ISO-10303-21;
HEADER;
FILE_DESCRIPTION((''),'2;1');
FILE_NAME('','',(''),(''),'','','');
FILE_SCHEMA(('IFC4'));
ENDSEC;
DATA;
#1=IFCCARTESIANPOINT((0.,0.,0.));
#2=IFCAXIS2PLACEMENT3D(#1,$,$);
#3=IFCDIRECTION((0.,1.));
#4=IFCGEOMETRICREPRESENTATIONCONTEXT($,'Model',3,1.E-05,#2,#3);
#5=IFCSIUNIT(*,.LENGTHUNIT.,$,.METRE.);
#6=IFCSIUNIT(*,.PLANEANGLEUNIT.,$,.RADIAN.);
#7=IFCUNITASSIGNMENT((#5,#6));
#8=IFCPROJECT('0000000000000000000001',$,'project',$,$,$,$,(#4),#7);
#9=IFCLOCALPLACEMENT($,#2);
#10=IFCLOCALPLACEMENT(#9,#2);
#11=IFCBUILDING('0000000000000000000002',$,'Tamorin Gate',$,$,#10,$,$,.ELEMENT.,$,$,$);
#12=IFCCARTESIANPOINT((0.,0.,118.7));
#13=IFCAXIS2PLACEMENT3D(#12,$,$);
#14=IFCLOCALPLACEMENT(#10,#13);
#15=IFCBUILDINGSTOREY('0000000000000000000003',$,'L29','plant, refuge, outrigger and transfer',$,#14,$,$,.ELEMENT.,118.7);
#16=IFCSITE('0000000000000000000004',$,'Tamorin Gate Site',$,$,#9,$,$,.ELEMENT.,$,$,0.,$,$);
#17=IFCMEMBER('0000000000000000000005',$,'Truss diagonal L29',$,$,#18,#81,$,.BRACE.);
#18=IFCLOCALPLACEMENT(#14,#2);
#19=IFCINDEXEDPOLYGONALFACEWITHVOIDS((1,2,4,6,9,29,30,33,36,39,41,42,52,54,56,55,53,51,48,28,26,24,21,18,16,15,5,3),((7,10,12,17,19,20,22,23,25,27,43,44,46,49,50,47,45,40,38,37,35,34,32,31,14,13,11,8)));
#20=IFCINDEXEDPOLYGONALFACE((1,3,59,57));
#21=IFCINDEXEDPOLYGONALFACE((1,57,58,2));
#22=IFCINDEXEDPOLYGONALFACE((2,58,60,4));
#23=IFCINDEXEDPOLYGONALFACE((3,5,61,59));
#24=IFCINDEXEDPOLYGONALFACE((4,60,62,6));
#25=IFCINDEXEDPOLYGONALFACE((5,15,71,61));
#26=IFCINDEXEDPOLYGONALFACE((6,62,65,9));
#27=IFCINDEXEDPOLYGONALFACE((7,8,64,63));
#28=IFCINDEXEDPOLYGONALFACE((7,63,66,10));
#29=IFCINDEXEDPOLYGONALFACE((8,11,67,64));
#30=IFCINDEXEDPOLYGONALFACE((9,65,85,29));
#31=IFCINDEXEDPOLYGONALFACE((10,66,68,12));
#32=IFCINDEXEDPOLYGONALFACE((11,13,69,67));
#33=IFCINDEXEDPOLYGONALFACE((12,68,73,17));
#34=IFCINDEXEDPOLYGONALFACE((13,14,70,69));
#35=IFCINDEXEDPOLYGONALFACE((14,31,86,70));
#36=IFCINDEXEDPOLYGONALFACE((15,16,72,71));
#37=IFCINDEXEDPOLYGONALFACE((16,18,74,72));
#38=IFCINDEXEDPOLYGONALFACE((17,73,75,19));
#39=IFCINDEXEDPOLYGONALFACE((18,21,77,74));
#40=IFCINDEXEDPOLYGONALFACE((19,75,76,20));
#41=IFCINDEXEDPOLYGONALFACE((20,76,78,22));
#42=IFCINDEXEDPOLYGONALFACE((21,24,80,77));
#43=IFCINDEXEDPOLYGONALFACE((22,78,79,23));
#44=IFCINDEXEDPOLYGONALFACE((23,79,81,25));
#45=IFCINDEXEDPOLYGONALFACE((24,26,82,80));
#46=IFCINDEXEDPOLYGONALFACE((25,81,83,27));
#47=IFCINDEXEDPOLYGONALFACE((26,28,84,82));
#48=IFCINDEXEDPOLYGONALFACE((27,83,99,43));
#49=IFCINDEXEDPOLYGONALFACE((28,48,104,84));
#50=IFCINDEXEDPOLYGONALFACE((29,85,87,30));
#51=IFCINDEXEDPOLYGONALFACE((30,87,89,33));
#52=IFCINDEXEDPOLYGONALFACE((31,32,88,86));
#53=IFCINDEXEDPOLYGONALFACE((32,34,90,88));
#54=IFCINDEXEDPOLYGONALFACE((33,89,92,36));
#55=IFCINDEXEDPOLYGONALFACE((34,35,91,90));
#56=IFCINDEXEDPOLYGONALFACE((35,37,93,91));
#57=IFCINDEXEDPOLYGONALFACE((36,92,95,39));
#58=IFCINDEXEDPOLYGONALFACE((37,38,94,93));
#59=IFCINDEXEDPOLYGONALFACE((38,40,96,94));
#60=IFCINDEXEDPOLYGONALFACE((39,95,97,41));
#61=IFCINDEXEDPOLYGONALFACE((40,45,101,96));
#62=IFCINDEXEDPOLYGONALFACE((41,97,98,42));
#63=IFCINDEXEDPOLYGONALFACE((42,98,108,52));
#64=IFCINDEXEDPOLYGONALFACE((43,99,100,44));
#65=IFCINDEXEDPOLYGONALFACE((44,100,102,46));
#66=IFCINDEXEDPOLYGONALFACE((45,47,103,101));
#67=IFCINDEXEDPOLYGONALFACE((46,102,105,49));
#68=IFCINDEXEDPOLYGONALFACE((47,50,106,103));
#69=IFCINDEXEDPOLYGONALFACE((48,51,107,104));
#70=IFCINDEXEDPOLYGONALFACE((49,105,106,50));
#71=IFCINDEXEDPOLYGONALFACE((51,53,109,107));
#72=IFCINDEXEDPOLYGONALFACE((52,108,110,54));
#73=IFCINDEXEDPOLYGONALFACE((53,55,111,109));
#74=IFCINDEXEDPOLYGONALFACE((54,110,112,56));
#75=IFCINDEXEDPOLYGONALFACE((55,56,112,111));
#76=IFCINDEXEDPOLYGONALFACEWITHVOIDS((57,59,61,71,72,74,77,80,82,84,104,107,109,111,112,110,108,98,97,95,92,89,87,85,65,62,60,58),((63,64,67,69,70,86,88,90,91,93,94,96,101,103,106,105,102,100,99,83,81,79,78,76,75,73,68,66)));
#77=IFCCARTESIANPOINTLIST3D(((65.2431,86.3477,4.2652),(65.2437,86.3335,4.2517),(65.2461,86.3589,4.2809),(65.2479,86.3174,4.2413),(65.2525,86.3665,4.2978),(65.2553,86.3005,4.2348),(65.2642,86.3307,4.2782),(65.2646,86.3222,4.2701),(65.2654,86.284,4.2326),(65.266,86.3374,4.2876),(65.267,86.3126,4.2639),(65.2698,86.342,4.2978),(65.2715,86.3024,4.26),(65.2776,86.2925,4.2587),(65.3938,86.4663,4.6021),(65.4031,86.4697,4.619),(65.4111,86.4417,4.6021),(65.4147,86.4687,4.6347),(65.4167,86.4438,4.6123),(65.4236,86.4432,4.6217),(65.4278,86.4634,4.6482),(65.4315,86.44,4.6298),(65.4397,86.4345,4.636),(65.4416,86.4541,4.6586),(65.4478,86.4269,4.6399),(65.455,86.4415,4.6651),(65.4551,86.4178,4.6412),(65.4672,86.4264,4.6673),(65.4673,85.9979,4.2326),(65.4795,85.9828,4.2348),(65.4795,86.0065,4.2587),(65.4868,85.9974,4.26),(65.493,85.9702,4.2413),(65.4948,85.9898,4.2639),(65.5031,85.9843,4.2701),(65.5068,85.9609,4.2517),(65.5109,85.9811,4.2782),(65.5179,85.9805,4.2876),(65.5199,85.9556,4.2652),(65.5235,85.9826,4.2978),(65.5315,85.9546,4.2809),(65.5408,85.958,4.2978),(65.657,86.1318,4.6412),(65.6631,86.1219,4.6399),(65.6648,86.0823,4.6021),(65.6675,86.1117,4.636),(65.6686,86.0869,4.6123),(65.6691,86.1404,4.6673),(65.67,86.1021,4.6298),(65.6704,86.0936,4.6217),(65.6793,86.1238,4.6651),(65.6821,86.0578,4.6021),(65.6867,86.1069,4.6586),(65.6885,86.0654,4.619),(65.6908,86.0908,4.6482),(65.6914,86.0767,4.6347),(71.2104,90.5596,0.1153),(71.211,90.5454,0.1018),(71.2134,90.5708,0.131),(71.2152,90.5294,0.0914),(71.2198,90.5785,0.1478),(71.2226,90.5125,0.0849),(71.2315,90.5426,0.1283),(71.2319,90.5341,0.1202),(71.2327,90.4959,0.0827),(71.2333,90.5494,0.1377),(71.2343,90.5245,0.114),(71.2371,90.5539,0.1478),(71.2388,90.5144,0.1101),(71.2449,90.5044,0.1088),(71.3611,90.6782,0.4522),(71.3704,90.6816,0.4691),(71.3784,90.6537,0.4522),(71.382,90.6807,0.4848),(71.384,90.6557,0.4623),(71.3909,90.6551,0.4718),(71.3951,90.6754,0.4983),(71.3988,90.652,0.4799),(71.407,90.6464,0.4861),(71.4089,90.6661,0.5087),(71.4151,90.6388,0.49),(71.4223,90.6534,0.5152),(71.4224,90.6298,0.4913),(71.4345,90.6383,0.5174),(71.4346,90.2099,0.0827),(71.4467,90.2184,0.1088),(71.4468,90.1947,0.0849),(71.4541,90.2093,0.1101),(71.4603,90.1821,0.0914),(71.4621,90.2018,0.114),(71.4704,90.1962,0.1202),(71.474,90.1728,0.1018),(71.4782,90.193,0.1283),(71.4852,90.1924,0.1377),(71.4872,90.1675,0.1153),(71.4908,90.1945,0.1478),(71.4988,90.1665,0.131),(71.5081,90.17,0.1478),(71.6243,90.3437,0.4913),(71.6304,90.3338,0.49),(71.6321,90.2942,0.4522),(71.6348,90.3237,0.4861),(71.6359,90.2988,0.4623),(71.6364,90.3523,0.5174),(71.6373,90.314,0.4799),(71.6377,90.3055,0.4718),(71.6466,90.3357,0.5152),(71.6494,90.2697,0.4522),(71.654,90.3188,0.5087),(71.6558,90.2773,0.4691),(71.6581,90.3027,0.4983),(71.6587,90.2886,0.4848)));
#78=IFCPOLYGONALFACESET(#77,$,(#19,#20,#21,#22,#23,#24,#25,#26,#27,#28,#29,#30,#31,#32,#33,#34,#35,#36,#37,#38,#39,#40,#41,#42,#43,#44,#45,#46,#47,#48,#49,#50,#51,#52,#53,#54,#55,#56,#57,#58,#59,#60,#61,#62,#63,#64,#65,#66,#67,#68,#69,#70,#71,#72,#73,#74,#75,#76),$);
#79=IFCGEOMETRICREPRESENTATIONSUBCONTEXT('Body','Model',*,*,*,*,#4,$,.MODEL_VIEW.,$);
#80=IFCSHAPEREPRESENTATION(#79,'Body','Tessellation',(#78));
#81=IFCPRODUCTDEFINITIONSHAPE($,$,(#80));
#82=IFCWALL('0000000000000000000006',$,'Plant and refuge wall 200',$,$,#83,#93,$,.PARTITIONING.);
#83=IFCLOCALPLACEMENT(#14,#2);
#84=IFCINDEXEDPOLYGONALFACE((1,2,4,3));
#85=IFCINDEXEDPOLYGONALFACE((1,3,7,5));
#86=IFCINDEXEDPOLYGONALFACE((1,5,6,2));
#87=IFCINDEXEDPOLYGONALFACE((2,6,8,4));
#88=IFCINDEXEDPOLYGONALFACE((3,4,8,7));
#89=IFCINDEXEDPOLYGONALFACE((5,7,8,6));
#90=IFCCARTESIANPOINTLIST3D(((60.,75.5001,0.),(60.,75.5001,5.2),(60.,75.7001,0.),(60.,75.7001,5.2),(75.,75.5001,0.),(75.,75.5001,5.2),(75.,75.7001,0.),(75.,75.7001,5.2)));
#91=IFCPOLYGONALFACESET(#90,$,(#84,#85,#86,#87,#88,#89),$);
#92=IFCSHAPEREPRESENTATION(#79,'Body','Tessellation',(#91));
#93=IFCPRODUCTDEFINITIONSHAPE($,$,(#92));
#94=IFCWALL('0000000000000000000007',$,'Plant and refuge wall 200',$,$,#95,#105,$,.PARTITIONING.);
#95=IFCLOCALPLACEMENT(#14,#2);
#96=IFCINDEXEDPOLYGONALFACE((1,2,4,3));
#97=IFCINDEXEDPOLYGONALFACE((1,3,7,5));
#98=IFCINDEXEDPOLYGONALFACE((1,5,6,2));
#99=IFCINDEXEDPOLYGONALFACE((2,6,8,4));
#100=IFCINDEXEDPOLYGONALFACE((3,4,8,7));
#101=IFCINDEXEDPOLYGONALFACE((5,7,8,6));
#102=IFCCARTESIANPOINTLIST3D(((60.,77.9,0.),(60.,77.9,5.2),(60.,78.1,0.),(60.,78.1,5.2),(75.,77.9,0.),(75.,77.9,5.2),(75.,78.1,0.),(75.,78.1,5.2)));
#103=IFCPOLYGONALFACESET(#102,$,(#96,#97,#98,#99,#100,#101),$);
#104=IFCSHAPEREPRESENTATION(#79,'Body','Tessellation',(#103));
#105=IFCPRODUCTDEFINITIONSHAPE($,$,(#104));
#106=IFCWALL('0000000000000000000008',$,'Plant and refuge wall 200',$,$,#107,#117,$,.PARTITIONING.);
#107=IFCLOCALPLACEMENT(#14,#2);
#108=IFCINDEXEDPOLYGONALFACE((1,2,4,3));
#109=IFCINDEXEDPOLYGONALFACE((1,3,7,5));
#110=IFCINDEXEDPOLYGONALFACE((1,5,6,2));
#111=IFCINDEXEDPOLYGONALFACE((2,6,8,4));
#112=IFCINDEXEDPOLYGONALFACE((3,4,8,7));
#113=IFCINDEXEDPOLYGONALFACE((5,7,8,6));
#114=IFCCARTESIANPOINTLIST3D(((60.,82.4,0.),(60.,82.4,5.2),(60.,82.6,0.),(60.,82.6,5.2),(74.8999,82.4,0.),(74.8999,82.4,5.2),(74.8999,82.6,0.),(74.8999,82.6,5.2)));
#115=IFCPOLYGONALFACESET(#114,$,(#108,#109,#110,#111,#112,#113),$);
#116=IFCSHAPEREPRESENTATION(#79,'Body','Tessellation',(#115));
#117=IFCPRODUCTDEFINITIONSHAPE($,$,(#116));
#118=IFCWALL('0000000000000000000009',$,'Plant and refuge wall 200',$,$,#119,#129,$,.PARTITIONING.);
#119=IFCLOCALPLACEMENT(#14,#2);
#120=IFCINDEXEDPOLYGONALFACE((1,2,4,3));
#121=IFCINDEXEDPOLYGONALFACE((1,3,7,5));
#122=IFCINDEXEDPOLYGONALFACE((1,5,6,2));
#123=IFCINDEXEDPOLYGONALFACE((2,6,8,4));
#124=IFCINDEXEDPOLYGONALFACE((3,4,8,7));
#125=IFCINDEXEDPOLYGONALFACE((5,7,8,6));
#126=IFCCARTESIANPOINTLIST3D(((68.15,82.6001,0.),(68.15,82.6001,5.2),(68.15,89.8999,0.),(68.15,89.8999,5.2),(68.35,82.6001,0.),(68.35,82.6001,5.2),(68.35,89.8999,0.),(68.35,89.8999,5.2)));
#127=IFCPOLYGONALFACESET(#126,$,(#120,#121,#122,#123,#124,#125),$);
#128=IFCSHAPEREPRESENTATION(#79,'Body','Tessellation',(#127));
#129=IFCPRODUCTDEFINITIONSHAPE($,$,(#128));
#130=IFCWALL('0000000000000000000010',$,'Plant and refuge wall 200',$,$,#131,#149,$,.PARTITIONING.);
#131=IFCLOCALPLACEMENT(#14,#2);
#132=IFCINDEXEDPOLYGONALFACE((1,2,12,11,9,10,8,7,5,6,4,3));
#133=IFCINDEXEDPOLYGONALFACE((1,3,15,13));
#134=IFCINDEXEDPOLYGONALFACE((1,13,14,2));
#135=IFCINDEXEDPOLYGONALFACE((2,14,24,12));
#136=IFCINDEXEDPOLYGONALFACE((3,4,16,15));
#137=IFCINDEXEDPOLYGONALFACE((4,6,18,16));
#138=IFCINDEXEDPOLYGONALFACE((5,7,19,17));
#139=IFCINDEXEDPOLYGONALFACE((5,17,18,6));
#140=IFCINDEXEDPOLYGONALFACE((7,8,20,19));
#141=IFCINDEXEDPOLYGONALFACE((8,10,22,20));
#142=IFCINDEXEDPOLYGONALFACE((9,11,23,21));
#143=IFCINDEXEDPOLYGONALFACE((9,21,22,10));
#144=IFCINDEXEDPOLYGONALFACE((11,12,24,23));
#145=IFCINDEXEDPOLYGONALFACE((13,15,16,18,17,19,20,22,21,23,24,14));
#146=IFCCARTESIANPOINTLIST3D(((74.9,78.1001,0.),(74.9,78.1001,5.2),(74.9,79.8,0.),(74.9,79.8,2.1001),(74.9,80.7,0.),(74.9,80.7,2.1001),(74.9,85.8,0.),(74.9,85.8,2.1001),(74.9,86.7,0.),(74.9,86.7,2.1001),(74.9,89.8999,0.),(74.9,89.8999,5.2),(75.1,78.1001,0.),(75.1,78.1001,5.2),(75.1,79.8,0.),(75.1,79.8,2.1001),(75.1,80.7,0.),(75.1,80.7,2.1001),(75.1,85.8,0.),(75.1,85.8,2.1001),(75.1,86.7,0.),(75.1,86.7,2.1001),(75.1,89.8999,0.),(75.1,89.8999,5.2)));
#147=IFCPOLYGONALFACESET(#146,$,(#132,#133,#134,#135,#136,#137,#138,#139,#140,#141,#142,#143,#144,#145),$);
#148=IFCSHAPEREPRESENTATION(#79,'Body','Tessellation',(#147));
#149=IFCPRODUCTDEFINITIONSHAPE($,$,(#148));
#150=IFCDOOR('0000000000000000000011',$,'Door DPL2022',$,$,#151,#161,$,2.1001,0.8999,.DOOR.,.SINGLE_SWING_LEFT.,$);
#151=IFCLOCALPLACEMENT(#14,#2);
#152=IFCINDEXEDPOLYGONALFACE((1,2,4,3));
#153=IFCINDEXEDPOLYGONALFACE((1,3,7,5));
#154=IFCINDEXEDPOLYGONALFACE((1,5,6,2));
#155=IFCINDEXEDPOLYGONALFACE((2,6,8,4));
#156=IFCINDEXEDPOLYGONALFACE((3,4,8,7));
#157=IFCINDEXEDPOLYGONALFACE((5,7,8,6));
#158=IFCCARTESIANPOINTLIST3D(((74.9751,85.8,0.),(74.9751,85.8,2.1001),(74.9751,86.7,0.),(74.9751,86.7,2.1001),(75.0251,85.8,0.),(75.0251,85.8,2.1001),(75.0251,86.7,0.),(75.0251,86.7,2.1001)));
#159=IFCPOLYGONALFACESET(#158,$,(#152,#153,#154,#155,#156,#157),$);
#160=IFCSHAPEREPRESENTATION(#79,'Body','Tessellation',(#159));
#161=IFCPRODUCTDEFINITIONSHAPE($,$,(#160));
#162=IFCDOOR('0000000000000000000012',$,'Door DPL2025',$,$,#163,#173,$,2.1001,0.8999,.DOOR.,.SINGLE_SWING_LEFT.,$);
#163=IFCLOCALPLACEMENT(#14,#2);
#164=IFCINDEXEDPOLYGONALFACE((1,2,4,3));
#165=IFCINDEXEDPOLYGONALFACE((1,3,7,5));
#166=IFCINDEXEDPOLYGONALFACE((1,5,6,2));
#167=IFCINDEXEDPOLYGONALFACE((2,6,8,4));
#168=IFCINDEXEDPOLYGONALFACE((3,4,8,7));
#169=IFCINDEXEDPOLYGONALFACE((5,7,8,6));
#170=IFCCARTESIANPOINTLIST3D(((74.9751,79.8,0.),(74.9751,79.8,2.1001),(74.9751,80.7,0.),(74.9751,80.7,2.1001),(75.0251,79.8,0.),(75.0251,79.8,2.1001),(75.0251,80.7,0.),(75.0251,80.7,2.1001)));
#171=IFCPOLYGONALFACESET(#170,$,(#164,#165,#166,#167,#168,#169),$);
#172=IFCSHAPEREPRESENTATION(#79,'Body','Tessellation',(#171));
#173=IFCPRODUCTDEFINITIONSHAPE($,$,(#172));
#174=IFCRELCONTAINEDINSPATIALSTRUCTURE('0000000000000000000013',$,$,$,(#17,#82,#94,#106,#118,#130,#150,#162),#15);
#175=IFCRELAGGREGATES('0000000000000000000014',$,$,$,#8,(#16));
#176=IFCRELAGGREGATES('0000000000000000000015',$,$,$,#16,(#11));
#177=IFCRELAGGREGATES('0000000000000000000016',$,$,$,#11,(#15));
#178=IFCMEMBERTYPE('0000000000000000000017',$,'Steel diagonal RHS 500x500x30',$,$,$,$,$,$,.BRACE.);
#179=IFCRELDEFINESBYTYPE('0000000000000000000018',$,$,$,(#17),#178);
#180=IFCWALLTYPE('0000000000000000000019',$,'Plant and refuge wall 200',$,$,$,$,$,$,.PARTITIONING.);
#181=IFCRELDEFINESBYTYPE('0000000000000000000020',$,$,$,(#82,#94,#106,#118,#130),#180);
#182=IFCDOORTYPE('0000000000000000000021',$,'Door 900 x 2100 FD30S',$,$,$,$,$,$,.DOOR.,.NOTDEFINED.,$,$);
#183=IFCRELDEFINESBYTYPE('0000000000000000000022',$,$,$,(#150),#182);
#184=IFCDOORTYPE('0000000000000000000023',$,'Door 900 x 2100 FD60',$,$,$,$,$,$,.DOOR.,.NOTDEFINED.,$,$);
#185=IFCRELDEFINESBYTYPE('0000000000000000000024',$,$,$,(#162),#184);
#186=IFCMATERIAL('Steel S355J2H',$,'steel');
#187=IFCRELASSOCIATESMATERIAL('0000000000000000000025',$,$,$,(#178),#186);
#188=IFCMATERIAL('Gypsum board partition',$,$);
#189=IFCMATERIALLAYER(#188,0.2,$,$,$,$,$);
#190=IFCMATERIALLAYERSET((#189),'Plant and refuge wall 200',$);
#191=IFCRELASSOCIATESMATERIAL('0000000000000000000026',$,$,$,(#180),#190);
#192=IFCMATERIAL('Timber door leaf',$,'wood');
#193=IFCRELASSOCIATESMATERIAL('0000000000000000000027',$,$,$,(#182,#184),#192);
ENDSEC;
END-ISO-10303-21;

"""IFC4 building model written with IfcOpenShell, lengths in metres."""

from ifc_helpers import new_model, si_unit, direction, frame, frame_2d, origin, origin_2d, place, context, subcontext, project, spatial, rectangle, hollow_rectangle, extrude, material, layer, layer_set, material_profile, profile_set, type_object, element, fill, save


model = new_model("IFC4")

# Units and contexts
model_context = context("Model", 3, precision=1e-05, world=origin(), true_north=direction((0.0, 1.0)))
body_context = subcontext(model_context, "Body", "Model", "MODEL_VIEW")
ifc_project = project(units=[si_unit("LENGTHUNIT", "METRE"), si_unit("PLANEANGLEUNIT", "RADIAN")], contexts=[model_context])

# Site, building, storey
site_placement = place(None, origin())
site = spatial("IfcSite", under=ifc_project, at=site_placement, Name="Tamorin Gate Site", CompositionType="ELEMENT", RefElevation=0.0)
building_placement = place(site_placement, origin())
building = spatial("IfcBuilding", under=site, at=building_placement, Name="Tamorin Gate", CompositionType="ELEMENT")
storey_placement = place(building_placement, frame((0.0, 0.0, 118.7)))
storey = spatial("IfcBuildingStorey", under=building, at=storey_placement, Name="L29", Description="plant, refuge, outrigger and transfer", CompositionType="ELEMENT", Elevation=118.7)

# Member
ifc_material_1 = material(Name="Steel S355J2H", Category="steel")
ifc_material_profile_1 = material_profile(ifc_material_1, hollow_rectangle(XDim=0.5, YDim=0.5, WallThickness=0.03, InnerFilletRadius=0.0449, OuterFilletRadius=0.075, at=origin_2d()), Name="RHS 500x500x30")
ifc_profile_set_1 = profile_set([ifc_material_profile_1], Name="Steel S355J2H")
member_type_1 = type_object("IfcMemberType", Name="Steel diagonal RHS 500x500x30", PredefinedType="BRACE", material=ifc_profile_set_1)
for number, where, z_axis, x_axis, name in (
    (1, (65.4673, 86.2122, 4.45), (0.710339, 0.501381, -0.494), (-0.576657, 0.816986, 0.0), "Truss diagonal L29"),
):
    element("IfcMember", number, at=place(storey_placement, frame(where, z_axis=z_axis, x_axis=x_axis)), inside=storey, type_object=member_type_1, Name=name, PredefinedType="BRACE", context=body_context, shape_type="SweptSolid", body=[
        extrude(hollow_rectangle(XDim=0.5, YDim=0.5, WallThickness=0.03, InnerFilletRadius=0.0449, OuterFilletRadius=0.075, at=origin_2d()), origin(), (0.0, 0.0, 1.0), 8.4006),
    ])

# Walls
ifc_material_2 = material(Name="Gypsum board partition")
ifc_layer = layer(ifc_material_2, 0.2)
ifc_layer_set = layer_set([ifc_layer], Name="Plant and refuge wall 200")
wall_type = type_object("IfcWallType", Name="Plant and refuge wall 200", PredefinedType="PARTITIONING", material=ifc_layer_set)
for number, where, z_axis, x_axis, name in (
    (2, (60.0, 75.6001, 0.0), (0.0, 0.0, 1.0), (1.0, 0.0, 0.0), "Plant and refuge wall 200"),
    (3, (60.0, 78.0, 0.0), (0.0, 0.0, 1.0), (1.0, 0.0, 0.0), "Plant and refuge wall 200"),
):
    element("IfcWall", number, at=place(storey_placement, frame(where, z_axis=z_axis, x_axis=x_axis)), inside=storey, type_object=wall_type, Name=name, PredefinedType="PARTITIONING", context=body_context, shape_type="SweptSolid", body=[
        extrude(rectangle(XDim=15.0, YDim=0.2, at=frame_2d((7.5, 0.0))), origin(), (0.0, 0.0, 1.0), 5.2),
    ])
wall_1_placement = place(storey_placement, frame((60.0, 82.5, 0.0), z_axis=(0.0, 0.0, 1.0), x_axis=(1.0, 0.0, 0.0)))
element("IfcWall", 4, at=wall_1_placement, inside=storey, type_object=wall_type, Name="Plant and refuge wall 200", PredefinedType="PARTITIONING", context=body_context, shape_type="SweptSolid", body=[
    extrude(rectangle(XDim=14.8999, YDim=0.2, at=frame_2d((7.45, 0.0))), origin(), (0.0, 0.0, 1.0), 5.2),
])
wall_2_placement = place(storey_placement, frame((68.25, 82.6001, 0.0), z_axis=(0.0, 0.0, 1.0), x_axis=(0.0, 1.0, 0.0)))
element("IfcWall", 5, at=wall_2_placement, inside=storey, type_object=wall_type, Name="Plant and refuge wall 200", PredefinedType="PARTITIONING", context=body_context, shape_type="SweptSolid", body=[
    extrude(rectangle(XDim=7.2998, YDim=0.2, at=frame_2d((3.6499, 0.0))), origin(), (0.0, 0.0, 1.0), 5.2),
])

# Wall, openings, doors
wall_3_placement = place(storey_placement, frame((75.0, 78.1001, 0.0), z_axis=(0.0, 0.0, 1.0), x_axis=(0.0, 1.0, 0.0)))
wall_3 = element("IfcWall", 6, at=wall_3_placement, inside=storey, type_object=wall_type, Name="Plant and refuge wall 200", PredefinedType="PARTITIONING", context=body_context, shape_type="SweptSolid", body=[
    extrude(rectangle(XDim=11.7998, YDim=0.2, at=frame_2d((5.8999, 0.0))), origin(), (0.0, 0.0, 1.0), 5.2),
])
opening_1_placement = place(wall_3_placement, frame((7.7, 0.0, 0.0)))
opening_1 = element("IfcOpeningElement", 7, at=opening_1_placement, cuts=wall_3, PredefinedType="OPENING", context=body_context, shape_type="SweptSolid", body=[
    extrude(rectangle(XDim=0.8999, YDim=2.1001, at=frame_2d((0.45, 1.05))), frame((0.0, 0.1099, 0.0), z_axis=(0.0, -1.0, 0.0), x_axis=(1.0, 0.0, 0.0)), (0.0, 0.0, 1.0), 0.22),
])
opening_2_placement = place(wall_3_placement, frame((1.7, 0.0, 0.0)))
opening_2 = element("IfcOpeningElement", 8, at=opening_2_placement, cuts=wall_3, PredefinedType="OPENING", context=body_context, shape_type="SweptSolid", body=[
    extrude(rectangle(XDim=0.8999, YDim=2.1001, at=frame_2d((0.45, 1.05))), frame((0.0, 0.1099, 0.0), z_axis=(0.0, -1.0, 0.0), x_axis=(1.0, 0.0, 0.0)), (0.0, 0.0, 1.0), 0.22),
])
ifc_material_3 = material(Name="Timber door leaf", Category="wood")
door_type_1 = type_object("IfcDoorType", Name="Door 900 x 2100 FD30S", OperationType="NOTDEFINED", PredefinedType="DOOR", material=ifc_material_3)
door_1_placement = place(opening_1_placement, origin())
door_1 = element("IfcDoor", 9, at=door_1_placement, inside=storey, type_object=door_type_1, Name="Door DPL2022", OperationType="SINGLE_SWING_LEFT", OverallHeight=2.1001, OverallWidth=0.8999, PredefinedType="DOOR", context=body_context, shape_type="SweptSolid", body=[
    extrude(rectangle(XDim=0.8999, YDim=2.1001, at=frame_2d((0.45, 1.05))), frame((0.0, 0.0249, 0.0), z_axis=(0.0, -1.0, 0.0), x_axis=(1.0, 0.0, 0.0)), (0.0, 0.0, 1.0), 0.05),
])
fill(opening_1, door_1)
door_type_2 = type_object("IfcDoorType", Name="Door 900 x 2100 FD60", OperationType="NOTDEFINED", PredefinedType="DOOR", material=ifc_material_3)
door_2_placement = place(opening_2_placement, origin())
door_2 = element("IfcDoor", 10, at=door_2_placement, inside=storey, type_object=door_type_2, Name="Door DPL2025", OperationType="SINGLE_SWING_LEFT", OverallHeight=2.1001, OverallWidth=0.8999, PredefinedType="DOOR", context=body_context, shape_type="SweptSolid", body=[
    extrude(rectangle(XDim=0.8999, YDim=2.1001, at=frame_2d((0.45, 1.05))), frame((0.0, 0.0249, 0.0), z_axis=(0.0, -1.0, 0.0), x_axis=(1.0, 0.0, 0.0)), (0.0, 0.0, 1.0), 0.05),
])
fill(opening_2, door_2)

save(model, "model.ifc")
